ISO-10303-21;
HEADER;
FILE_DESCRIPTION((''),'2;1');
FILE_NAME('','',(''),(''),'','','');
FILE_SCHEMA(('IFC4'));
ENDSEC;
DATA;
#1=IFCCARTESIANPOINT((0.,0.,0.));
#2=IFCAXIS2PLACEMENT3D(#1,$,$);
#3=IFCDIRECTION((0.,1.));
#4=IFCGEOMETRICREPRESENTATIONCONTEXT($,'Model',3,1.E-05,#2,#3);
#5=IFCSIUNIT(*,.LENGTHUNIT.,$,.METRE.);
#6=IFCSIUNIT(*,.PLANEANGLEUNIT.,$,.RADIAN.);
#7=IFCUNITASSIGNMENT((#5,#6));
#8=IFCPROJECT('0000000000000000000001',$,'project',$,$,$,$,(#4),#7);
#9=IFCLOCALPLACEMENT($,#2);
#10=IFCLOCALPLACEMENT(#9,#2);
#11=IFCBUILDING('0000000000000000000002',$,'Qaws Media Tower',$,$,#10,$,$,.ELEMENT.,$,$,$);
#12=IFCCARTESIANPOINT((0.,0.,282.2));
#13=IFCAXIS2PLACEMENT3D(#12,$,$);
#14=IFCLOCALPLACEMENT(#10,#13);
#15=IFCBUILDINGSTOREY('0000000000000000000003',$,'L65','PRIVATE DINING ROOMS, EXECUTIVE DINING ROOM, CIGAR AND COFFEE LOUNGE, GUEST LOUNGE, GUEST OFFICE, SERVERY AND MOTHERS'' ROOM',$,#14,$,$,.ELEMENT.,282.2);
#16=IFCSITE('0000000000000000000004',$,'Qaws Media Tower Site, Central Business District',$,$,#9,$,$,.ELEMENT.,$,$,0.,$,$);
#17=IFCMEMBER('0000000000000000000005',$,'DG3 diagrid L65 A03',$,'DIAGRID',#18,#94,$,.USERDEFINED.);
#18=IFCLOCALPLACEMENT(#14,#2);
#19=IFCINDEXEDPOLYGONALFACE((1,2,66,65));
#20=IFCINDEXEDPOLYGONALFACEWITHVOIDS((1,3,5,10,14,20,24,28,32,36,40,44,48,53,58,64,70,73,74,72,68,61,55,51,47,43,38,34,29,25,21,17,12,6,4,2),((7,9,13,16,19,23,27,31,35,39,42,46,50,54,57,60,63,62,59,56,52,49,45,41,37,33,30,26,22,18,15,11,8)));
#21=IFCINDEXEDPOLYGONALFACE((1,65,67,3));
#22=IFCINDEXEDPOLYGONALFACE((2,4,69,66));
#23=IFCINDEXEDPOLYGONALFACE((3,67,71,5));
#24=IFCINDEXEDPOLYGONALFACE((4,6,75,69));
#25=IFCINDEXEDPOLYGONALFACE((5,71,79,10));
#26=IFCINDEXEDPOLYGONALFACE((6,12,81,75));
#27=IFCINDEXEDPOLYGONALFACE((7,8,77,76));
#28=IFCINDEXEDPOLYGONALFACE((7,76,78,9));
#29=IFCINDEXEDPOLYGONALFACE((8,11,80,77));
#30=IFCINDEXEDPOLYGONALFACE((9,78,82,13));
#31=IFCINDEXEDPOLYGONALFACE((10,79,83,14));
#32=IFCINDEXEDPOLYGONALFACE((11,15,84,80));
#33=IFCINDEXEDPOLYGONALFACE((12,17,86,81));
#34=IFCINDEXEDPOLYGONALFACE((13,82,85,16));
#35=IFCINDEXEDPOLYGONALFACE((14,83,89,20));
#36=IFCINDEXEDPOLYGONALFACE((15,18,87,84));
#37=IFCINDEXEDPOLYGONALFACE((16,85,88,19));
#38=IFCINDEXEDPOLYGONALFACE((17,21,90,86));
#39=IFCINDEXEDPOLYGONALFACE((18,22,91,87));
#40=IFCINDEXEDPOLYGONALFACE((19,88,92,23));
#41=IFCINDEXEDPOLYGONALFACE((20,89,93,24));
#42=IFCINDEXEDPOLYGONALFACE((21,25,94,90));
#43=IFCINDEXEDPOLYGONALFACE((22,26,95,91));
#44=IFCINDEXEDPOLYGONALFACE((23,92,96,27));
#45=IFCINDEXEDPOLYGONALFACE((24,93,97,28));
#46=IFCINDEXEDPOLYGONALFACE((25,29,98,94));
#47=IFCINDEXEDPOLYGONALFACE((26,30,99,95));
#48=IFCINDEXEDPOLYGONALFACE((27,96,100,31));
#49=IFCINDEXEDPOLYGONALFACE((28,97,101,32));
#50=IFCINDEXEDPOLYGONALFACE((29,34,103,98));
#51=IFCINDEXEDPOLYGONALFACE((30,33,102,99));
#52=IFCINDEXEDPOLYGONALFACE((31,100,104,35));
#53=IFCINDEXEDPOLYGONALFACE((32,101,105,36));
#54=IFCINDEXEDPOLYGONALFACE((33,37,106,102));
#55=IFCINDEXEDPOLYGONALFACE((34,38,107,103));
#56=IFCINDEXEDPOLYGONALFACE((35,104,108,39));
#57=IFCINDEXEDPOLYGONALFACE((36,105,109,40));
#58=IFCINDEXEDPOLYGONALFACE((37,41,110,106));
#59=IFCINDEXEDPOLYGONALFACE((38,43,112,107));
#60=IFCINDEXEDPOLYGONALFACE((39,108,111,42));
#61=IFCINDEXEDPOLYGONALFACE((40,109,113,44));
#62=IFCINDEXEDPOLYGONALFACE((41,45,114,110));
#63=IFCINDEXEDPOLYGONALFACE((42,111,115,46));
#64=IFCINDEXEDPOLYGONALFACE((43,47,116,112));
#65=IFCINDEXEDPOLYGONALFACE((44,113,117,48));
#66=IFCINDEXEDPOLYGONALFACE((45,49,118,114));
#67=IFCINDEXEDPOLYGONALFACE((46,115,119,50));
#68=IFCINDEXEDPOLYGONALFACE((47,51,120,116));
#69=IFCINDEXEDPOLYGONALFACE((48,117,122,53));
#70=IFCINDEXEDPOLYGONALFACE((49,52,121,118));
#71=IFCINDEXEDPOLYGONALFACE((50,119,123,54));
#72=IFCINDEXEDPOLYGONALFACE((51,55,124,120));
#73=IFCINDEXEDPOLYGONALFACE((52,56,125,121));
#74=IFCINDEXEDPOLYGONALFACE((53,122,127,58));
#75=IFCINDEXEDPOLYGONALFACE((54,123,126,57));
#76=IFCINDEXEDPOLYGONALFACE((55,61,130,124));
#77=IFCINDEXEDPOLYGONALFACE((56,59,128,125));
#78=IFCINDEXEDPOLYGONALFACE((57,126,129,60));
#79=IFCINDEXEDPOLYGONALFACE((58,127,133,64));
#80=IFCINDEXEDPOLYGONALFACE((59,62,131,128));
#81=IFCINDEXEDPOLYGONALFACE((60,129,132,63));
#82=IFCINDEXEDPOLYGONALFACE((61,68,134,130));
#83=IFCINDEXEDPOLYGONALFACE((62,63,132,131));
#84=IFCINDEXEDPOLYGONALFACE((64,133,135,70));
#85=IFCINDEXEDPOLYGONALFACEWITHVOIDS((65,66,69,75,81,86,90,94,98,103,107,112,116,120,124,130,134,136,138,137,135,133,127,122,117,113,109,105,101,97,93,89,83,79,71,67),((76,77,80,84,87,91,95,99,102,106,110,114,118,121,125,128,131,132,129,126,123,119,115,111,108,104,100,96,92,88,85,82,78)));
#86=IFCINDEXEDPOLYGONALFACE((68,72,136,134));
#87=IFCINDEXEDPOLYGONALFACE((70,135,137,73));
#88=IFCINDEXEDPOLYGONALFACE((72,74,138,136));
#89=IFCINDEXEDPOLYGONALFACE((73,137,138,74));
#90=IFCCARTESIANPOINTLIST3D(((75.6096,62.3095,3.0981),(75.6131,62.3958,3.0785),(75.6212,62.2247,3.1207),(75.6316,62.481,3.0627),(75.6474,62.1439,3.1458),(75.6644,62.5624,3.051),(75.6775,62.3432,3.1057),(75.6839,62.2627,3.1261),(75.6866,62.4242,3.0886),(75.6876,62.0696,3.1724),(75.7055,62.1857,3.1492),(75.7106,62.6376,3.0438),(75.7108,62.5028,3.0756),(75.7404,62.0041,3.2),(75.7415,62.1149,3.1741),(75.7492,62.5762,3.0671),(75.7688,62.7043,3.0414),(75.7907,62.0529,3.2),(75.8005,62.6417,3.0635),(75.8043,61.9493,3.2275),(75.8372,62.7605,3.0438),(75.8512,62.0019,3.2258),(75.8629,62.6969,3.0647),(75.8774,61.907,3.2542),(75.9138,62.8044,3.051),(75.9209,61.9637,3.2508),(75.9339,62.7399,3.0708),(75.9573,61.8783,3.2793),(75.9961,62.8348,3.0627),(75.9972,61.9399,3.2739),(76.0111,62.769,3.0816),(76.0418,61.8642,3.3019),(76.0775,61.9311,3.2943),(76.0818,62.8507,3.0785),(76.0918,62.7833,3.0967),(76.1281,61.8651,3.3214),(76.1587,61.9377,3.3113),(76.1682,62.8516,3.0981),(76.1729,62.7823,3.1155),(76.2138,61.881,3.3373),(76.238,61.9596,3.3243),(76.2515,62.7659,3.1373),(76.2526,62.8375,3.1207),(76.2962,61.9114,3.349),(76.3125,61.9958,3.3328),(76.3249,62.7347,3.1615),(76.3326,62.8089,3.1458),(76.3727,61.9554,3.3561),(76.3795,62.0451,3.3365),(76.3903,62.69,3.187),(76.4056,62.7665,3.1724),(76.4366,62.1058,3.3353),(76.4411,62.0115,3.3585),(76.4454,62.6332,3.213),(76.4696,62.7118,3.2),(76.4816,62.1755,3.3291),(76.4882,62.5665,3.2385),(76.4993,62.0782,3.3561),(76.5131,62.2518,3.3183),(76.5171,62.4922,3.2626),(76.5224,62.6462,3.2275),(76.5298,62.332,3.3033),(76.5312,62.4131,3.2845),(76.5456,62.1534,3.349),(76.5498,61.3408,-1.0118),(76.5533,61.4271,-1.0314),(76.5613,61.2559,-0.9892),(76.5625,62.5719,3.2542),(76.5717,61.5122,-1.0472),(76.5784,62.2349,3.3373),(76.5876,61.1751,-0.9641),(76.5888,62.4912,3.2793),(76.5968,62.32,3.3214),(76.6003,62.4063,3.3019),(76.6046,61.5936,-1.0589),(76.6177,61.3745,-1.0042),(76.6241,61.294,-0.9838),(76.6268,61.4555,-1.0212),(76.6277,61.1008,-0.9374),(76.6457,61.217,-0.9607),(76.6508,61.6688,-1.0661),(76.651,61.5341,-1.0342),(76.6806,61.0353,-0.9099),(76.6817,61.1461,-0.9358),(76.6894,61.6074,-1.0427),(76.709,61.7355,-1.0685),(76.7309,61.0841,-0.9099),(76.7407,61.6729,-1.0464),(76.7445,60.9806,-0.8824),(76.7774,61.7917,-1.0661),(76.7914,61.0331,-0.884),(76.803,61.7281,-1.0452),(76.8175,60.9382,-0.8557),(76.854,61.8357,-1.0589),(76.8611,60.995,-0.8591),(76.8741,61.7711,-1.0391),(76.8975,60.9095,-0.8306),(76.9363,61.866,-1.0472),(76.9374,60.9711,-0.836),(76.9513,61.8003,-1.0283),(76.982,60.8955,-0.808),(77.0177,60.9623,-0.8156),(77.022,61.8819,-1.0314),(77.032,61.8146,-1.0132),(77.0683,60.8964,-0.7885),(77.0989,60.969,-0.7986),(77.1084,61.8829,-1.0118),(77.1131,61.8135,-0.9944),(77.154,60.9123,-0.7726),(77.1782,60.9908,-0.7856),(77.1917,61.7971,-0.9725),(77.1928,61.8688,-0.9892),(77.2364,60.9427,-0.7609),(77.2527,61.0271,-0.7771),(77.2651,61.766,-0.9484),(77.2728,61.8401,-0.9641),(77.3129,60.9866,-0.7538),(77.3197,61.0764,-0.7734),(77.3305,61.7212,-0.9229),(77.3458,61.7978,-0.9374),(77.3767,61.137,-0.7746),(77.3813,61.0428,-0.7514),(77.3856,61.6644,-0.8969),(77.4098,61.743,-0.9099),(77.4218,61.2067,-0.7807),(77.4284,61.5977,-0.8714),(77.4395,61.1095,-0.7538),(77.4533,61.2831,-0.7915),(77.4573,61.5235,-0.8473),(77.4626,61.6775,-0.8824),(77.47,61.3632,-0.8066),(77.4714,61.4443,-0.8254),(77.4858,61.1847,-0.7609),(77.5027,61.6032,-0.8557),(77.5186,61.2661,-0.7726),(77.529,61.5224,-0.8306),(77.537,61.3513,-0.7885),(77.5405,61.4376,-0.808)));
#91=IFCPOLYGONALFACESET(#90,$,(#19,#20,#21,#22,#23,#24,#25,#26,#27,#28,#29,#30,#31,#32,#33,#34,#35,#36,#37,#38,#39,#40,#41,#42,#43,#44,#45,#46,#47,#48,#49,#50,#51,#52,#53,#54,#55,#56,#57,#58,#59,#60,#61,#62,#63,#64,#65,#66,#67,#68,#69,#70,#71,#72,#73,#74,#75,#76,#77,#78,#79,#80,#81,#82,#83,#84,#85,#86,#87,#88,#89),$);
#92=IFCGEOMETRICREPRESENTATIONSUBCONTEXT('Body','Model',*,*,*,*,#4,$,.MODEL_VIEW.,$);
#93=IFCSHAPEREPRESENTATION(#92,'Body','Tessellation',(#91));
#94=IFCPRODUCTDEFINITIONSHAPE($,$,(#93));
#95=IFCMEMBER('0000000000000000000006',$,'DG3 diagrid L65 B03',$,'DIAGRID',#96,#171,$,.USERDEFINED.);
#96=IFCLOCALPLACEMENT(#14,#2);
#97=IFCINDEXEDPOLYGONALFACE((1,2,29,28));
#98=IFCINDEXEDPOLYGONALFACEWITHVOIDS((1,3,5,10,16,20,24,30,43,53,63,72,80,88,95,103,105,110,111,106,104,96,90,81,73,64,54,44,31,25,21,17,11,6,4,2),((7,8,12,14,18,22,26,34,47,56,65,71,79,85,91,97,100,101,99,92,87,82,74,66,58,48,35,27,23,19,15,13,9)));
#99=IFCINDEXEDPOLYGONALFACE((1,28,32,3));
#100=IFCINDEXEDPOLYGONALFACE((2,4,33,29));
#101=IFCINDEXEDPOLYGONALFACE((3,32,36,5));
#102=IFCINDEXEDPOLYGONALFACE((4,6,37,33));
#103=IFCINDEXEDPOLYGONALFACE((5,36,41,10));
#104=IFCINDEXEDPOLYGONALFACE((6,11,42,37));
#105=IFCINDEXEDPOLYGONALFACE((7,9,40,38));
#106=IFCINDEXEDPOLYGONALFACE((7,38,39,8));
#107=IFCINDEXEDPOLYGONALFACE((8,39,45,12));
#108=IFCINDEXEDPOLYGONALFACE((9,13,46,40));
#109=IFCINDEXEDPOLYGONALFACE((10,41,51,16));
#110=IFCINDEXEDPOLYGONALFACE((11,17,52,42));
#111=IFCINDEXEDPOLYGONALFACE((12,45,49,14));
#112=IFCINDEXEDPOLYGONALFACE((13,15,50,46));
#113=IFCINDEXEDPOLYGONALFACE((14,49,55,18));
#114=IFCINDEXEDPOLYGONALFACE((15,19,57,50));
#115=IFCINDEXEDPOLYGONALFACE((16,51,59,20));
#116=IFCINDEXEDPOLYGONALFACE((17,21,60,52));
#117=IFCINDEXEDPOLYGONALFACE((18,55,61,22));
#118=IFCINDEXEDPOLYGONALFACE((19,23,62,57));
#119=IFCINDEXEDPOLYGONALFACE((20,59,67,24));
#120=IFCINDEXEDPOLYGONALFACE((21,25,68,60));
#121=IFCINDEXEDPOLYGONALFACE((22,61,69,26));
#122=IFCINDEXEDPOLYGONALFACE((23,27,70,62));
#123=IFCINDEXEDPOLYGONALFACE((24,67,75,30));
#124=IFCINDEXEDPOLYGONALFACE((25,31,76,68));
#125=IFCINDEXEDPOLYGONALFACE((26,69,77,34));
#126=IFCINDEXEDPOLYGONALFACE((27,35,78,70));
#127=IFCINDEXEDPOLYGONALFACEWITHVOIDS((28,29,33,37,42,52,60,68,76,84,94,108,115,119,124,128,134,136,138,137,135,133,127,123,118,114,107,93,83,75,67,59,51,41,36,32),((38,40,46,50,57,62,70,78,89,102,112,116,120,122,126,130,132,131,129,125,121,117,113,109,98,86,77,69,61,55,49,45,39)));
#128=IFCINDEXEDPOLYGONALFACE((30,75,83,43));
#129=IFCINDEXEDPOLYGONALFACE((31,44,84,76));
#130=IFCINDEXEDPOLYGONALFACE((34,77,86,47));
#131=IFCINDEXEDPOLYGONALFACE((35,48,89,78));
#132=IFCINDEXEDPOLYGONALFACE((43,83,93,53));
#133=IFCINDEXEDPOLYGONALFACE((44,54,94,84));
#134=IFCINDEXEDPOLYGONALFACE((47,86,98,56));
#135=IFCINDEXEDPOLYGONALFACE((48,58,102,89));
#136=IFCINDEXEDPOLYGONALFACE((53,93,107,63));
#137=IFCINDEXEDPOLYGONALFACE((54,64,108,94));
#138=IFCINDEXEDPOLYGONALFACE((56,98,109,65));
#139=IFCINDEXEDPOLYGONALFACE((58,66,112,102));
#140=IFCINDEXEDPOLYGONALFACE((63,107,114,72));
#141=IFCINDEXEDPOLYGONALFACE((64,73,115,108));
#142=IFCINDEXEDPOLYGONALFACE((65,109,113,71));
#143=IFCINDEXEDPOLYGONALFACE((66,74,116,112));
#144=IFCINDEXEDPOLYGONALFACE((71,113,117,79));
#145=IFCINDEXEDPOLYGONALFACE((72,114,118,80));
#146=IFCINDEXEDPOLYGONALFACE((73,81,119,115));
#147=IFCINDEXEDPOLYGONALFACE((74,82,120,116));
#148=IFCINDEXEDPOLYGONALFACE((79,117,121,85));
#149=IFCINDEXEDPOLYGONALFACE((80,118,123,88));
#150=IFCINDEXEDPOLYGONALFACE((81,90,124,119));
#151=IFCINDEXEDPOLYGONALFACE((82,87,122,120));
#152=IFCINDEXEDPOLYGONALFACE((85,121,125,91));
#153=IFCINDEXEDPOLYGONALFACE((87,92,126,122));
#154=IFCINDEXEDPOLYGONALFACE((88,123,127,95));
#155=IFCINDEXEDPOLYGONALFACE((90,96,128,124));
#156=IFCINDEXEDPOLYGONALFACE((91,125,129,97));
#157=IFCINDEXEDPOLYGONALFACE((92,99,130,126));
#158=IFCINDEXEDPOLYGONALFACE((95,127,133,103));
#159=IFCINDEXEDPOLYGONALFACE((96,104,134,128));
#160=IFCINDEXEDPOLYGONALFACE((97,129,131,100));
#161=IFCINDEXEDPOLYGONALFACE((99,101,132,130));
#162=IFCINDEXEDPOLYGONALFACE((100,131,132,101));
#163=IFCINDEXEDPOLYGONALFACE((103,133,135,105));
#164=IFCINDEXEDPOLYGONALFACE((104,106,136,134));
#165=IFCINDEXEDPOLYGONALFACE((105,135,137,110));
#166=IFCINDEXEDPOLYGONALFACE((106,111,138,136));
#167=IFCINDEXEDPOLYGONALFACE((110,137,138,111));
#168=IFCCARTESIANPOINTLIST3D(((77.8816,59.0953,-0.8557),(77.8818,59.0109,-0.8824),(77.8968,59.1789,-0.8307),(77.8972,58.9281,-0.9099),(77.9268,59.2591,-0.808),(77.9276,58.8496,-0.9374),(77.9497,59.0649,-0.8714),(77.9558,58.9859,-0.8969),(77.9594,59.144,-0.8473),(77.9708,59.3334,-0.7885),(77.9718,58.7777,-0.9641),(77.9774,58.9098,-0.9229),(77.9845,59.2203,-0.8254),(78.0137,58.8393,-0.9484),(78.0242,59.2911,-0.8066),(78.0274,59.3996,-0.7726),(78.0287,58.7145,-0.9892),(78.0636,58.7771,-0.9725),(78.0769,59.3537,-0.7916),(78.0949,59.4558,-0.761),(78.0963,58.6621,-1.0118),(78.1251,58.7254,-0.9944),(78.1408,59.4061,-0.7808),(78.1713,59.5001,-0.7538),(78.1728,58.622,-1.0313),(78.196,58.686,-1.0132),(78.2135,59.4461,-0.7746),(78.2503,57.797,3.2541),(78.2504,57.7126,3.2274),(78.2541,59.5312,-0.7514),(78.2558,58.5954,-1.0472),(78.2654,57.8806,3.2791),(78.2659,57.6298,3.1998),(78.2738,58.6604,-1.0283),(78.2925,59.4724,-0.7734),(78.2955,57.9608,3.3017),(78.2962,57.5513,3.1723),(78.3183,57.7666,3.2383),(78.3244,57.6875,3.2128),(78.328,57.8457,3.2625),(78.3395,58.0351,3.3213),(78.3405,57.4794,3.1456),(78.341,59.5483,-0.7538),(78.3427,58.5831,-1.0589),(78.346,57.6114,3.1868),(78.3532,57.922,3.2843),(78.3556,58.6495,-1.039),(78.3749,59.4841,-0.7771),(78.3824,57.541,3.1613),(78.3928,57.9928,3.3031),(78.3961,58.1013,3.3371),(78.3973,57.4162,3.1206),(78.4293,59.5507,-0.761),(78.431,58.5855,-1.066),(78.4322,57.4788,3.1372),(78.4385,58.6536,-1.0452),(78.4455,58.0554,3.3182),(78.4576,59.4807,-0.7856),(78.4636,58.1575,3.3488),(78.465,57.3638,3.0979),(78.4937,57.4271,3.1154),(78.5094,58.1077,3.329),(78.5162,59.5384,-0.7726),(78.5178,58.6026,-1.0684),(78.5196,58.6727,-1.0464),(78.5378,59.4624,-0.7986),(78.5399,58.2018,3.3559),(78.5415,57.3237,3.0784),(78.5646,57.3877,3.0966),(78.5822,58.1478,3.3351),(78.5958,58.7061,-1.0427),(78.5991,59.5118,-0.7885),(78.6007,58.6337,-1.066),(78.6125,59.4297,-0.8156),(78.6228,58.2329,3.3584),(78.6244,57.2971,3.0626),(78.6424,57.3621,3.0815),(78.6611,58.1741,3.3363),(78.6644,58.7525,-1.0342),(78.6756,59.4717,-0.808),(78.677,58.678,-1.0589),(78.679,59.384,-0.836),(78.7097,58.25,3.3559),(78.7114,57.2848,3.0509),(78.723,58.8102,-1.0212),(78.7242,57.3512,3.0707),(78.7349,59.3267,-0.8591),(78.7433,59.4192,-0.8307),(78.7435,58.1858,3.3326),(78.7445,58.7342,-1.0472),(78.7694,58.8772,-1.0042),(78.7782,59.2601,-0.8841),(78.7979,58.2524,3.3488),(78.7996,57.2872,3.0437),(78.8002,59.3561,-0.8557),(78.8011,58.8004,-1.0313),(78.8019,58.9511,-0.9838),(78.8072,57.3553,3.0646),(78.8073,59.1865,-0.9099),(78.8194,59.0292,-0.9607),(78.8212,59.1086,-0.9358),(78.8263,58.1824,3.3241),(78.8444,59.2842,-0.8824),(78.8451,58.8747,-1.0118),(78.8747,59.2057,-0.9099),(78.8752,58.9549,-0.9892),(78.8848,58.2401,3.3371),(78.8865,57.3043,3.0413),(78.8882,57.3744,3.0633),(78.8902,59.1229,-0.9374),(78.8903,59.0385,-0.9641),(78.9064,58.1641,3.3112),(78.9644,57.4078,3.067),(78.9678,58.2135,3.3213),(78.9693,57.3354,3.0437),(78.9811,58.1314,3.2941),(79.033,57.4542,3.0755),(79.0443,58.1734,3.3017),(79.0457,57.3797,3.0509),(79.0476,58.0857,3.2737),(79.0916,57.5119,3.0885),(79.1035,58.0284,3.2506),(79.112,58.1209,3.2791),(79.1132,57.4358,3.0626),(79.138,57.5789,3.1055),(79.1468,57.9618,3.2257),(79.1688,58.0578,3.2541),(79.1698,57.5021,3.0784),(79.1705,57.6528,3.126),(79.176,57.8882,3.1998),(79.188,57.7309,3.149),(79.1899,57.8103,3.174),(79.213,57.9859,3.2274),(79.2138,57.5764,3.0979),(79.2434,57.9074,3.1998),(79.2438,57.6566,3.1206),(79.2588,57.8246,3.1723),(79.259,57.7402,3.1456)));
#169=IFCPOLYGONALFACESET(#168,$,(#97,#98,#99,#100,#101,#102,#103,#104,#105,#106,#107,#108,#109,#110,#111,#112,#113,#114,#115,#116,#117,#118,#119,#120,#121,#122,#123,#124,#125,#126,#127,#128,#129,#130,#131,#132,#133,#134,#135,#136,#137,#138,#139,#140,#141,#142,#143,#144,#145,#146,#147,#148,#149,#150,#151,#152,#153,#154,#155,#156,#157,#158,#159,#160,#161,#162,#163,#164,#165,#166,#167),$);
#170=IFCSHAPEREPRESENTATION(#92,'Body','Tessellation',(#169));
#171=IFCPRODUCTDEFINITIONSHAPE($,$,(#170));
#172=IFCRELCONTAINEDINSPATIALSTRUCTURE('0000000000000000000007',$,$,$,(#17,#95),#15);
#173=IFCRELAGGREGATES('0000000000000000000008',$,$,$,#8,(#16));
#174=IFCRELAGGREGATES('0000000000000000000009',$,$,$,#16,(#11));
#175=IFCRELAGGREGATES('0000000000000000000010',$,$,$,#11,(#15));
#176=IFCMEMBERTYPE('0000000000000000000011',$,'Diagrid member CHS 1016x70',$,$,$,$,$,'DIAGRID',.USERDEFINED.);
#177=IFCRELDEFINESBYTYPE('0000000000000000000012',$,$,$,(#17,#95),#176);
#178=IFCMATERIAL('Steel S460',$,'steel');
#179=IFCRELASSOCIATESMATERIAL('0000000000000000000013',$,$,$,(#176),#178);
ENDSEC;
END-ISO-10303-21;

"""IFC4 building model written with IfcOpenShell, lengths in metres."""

from ifc_helpers import new_model, si_unit, direction, frame, origin, origin_2d, place, context, subcontext, project, spatial, hollow_circle, extrude, material, material_profile, profile_set, type_object, element, save


model = new_model("IFC4")

# Units and contexts
model_context = context("Model", 3, precision=1e-05, world=origin(), true_north=direction((0.0, 1.0)))
body_context = subcontext(model_context, "Body", "Model", "MODEL_VIEW")
ifc_project = project(units=[si_unit("LENGTHUNIT", "METRE"), si_unit("PLANEANGLEUNIT", "RADIAN")], contexts=[model_context])

# Site, building, storey
site_placement = place(None, origin())
site = spatial("IfcSite", under=ifc_project, at=site_placement, Name="Qaws Media Tower Site, Central Business District", CompositionType="ELEMENT", RefElevation=0.0)
building_placement = place(site_placement, origin())
building = spatial("IfcBuilding", under=site, at=building_placement, Name="Qaws Media Tower", CompositionType="ELEMENT")
storey_placement = place(building_placement, frame((0.0, 0.0, 282.2)))
storey = spatial("IfcBuildingStorey", under=building, at=storey_placement, Name="L65", Description="PRIVATE DINING ROOMS, EXECUTIVE DINING ROOM, CIGAR AND COFFEE LOUNGE, GUEST LOUNGE, GUEST OFFICE, SERVERY AND MOTHERS' ROOM", CompositionType="ELEMENT", Elevation=282.2)

# Members
ifc_material_1 = material(Name="Steel S460", Category="steel")
ifc_material_profile_1 = material_profile(ifc_material_1, hollow_circle(Radius=0.5081, WallThickness=0.0701, at=origin_2d()), Name="CHS 1016x70")
ifc_profile_set_1 = profile_set([ifc_material_profile_1], Name="Steel S460")
member_type_1 = type_object("IfcMemberType", Name="Diagrid member CHS 1016x70", ElementType="DIAGRID", PredefinedType="USERDEFINED", material=ifc_profile_set_1)
member_1_placement = place(storey_placement, frame((77.0452, 61.3892, -0.9099), z_axis=(-0.217339, 0.223942, 0.95006), x_axis=(-0.717607, -0.696448, 0.0)))
element("IfcMember", 1, at=member_1_placement, inside=storey, type_object=member_type_1, Name="DG3 diagrid L65 A03", ObjectType="DIAGRID", PredefinedType="USERDEFINED", context=body_context, shape_type="SweptSolid", body=[
    extrude(hollow_circle(Radius=0.5081, WallThickness=0.0701, at=origin_2d()), origin(), (0.0, 0.0, 1.0), 4.3259),
])
member_2_placement = place(storey_placement, frame((78.386, 59.0669, -0.9099), z_axis=(0.085222, -0.300138, 0.950081), x_axis=(0.961973, 0.273144, 0.0)))
element("IfcMember", 2, at=member_2_placement, inside=storey, type_object=member_type_1, Name="DG3 diagrid L65 B03", ObjectType="DIAGRID", PredefinedType="USERDEFINED", context=body_context, shape_type="SweptSolid", body=[
    extrude(hollow_circle(Radius=0.5081, WallThickness=0.0701, at=origin_2d()), origin(), (0.0, 0.0, 1.0), 4.3257),
])

save(model, "model.ifc")
